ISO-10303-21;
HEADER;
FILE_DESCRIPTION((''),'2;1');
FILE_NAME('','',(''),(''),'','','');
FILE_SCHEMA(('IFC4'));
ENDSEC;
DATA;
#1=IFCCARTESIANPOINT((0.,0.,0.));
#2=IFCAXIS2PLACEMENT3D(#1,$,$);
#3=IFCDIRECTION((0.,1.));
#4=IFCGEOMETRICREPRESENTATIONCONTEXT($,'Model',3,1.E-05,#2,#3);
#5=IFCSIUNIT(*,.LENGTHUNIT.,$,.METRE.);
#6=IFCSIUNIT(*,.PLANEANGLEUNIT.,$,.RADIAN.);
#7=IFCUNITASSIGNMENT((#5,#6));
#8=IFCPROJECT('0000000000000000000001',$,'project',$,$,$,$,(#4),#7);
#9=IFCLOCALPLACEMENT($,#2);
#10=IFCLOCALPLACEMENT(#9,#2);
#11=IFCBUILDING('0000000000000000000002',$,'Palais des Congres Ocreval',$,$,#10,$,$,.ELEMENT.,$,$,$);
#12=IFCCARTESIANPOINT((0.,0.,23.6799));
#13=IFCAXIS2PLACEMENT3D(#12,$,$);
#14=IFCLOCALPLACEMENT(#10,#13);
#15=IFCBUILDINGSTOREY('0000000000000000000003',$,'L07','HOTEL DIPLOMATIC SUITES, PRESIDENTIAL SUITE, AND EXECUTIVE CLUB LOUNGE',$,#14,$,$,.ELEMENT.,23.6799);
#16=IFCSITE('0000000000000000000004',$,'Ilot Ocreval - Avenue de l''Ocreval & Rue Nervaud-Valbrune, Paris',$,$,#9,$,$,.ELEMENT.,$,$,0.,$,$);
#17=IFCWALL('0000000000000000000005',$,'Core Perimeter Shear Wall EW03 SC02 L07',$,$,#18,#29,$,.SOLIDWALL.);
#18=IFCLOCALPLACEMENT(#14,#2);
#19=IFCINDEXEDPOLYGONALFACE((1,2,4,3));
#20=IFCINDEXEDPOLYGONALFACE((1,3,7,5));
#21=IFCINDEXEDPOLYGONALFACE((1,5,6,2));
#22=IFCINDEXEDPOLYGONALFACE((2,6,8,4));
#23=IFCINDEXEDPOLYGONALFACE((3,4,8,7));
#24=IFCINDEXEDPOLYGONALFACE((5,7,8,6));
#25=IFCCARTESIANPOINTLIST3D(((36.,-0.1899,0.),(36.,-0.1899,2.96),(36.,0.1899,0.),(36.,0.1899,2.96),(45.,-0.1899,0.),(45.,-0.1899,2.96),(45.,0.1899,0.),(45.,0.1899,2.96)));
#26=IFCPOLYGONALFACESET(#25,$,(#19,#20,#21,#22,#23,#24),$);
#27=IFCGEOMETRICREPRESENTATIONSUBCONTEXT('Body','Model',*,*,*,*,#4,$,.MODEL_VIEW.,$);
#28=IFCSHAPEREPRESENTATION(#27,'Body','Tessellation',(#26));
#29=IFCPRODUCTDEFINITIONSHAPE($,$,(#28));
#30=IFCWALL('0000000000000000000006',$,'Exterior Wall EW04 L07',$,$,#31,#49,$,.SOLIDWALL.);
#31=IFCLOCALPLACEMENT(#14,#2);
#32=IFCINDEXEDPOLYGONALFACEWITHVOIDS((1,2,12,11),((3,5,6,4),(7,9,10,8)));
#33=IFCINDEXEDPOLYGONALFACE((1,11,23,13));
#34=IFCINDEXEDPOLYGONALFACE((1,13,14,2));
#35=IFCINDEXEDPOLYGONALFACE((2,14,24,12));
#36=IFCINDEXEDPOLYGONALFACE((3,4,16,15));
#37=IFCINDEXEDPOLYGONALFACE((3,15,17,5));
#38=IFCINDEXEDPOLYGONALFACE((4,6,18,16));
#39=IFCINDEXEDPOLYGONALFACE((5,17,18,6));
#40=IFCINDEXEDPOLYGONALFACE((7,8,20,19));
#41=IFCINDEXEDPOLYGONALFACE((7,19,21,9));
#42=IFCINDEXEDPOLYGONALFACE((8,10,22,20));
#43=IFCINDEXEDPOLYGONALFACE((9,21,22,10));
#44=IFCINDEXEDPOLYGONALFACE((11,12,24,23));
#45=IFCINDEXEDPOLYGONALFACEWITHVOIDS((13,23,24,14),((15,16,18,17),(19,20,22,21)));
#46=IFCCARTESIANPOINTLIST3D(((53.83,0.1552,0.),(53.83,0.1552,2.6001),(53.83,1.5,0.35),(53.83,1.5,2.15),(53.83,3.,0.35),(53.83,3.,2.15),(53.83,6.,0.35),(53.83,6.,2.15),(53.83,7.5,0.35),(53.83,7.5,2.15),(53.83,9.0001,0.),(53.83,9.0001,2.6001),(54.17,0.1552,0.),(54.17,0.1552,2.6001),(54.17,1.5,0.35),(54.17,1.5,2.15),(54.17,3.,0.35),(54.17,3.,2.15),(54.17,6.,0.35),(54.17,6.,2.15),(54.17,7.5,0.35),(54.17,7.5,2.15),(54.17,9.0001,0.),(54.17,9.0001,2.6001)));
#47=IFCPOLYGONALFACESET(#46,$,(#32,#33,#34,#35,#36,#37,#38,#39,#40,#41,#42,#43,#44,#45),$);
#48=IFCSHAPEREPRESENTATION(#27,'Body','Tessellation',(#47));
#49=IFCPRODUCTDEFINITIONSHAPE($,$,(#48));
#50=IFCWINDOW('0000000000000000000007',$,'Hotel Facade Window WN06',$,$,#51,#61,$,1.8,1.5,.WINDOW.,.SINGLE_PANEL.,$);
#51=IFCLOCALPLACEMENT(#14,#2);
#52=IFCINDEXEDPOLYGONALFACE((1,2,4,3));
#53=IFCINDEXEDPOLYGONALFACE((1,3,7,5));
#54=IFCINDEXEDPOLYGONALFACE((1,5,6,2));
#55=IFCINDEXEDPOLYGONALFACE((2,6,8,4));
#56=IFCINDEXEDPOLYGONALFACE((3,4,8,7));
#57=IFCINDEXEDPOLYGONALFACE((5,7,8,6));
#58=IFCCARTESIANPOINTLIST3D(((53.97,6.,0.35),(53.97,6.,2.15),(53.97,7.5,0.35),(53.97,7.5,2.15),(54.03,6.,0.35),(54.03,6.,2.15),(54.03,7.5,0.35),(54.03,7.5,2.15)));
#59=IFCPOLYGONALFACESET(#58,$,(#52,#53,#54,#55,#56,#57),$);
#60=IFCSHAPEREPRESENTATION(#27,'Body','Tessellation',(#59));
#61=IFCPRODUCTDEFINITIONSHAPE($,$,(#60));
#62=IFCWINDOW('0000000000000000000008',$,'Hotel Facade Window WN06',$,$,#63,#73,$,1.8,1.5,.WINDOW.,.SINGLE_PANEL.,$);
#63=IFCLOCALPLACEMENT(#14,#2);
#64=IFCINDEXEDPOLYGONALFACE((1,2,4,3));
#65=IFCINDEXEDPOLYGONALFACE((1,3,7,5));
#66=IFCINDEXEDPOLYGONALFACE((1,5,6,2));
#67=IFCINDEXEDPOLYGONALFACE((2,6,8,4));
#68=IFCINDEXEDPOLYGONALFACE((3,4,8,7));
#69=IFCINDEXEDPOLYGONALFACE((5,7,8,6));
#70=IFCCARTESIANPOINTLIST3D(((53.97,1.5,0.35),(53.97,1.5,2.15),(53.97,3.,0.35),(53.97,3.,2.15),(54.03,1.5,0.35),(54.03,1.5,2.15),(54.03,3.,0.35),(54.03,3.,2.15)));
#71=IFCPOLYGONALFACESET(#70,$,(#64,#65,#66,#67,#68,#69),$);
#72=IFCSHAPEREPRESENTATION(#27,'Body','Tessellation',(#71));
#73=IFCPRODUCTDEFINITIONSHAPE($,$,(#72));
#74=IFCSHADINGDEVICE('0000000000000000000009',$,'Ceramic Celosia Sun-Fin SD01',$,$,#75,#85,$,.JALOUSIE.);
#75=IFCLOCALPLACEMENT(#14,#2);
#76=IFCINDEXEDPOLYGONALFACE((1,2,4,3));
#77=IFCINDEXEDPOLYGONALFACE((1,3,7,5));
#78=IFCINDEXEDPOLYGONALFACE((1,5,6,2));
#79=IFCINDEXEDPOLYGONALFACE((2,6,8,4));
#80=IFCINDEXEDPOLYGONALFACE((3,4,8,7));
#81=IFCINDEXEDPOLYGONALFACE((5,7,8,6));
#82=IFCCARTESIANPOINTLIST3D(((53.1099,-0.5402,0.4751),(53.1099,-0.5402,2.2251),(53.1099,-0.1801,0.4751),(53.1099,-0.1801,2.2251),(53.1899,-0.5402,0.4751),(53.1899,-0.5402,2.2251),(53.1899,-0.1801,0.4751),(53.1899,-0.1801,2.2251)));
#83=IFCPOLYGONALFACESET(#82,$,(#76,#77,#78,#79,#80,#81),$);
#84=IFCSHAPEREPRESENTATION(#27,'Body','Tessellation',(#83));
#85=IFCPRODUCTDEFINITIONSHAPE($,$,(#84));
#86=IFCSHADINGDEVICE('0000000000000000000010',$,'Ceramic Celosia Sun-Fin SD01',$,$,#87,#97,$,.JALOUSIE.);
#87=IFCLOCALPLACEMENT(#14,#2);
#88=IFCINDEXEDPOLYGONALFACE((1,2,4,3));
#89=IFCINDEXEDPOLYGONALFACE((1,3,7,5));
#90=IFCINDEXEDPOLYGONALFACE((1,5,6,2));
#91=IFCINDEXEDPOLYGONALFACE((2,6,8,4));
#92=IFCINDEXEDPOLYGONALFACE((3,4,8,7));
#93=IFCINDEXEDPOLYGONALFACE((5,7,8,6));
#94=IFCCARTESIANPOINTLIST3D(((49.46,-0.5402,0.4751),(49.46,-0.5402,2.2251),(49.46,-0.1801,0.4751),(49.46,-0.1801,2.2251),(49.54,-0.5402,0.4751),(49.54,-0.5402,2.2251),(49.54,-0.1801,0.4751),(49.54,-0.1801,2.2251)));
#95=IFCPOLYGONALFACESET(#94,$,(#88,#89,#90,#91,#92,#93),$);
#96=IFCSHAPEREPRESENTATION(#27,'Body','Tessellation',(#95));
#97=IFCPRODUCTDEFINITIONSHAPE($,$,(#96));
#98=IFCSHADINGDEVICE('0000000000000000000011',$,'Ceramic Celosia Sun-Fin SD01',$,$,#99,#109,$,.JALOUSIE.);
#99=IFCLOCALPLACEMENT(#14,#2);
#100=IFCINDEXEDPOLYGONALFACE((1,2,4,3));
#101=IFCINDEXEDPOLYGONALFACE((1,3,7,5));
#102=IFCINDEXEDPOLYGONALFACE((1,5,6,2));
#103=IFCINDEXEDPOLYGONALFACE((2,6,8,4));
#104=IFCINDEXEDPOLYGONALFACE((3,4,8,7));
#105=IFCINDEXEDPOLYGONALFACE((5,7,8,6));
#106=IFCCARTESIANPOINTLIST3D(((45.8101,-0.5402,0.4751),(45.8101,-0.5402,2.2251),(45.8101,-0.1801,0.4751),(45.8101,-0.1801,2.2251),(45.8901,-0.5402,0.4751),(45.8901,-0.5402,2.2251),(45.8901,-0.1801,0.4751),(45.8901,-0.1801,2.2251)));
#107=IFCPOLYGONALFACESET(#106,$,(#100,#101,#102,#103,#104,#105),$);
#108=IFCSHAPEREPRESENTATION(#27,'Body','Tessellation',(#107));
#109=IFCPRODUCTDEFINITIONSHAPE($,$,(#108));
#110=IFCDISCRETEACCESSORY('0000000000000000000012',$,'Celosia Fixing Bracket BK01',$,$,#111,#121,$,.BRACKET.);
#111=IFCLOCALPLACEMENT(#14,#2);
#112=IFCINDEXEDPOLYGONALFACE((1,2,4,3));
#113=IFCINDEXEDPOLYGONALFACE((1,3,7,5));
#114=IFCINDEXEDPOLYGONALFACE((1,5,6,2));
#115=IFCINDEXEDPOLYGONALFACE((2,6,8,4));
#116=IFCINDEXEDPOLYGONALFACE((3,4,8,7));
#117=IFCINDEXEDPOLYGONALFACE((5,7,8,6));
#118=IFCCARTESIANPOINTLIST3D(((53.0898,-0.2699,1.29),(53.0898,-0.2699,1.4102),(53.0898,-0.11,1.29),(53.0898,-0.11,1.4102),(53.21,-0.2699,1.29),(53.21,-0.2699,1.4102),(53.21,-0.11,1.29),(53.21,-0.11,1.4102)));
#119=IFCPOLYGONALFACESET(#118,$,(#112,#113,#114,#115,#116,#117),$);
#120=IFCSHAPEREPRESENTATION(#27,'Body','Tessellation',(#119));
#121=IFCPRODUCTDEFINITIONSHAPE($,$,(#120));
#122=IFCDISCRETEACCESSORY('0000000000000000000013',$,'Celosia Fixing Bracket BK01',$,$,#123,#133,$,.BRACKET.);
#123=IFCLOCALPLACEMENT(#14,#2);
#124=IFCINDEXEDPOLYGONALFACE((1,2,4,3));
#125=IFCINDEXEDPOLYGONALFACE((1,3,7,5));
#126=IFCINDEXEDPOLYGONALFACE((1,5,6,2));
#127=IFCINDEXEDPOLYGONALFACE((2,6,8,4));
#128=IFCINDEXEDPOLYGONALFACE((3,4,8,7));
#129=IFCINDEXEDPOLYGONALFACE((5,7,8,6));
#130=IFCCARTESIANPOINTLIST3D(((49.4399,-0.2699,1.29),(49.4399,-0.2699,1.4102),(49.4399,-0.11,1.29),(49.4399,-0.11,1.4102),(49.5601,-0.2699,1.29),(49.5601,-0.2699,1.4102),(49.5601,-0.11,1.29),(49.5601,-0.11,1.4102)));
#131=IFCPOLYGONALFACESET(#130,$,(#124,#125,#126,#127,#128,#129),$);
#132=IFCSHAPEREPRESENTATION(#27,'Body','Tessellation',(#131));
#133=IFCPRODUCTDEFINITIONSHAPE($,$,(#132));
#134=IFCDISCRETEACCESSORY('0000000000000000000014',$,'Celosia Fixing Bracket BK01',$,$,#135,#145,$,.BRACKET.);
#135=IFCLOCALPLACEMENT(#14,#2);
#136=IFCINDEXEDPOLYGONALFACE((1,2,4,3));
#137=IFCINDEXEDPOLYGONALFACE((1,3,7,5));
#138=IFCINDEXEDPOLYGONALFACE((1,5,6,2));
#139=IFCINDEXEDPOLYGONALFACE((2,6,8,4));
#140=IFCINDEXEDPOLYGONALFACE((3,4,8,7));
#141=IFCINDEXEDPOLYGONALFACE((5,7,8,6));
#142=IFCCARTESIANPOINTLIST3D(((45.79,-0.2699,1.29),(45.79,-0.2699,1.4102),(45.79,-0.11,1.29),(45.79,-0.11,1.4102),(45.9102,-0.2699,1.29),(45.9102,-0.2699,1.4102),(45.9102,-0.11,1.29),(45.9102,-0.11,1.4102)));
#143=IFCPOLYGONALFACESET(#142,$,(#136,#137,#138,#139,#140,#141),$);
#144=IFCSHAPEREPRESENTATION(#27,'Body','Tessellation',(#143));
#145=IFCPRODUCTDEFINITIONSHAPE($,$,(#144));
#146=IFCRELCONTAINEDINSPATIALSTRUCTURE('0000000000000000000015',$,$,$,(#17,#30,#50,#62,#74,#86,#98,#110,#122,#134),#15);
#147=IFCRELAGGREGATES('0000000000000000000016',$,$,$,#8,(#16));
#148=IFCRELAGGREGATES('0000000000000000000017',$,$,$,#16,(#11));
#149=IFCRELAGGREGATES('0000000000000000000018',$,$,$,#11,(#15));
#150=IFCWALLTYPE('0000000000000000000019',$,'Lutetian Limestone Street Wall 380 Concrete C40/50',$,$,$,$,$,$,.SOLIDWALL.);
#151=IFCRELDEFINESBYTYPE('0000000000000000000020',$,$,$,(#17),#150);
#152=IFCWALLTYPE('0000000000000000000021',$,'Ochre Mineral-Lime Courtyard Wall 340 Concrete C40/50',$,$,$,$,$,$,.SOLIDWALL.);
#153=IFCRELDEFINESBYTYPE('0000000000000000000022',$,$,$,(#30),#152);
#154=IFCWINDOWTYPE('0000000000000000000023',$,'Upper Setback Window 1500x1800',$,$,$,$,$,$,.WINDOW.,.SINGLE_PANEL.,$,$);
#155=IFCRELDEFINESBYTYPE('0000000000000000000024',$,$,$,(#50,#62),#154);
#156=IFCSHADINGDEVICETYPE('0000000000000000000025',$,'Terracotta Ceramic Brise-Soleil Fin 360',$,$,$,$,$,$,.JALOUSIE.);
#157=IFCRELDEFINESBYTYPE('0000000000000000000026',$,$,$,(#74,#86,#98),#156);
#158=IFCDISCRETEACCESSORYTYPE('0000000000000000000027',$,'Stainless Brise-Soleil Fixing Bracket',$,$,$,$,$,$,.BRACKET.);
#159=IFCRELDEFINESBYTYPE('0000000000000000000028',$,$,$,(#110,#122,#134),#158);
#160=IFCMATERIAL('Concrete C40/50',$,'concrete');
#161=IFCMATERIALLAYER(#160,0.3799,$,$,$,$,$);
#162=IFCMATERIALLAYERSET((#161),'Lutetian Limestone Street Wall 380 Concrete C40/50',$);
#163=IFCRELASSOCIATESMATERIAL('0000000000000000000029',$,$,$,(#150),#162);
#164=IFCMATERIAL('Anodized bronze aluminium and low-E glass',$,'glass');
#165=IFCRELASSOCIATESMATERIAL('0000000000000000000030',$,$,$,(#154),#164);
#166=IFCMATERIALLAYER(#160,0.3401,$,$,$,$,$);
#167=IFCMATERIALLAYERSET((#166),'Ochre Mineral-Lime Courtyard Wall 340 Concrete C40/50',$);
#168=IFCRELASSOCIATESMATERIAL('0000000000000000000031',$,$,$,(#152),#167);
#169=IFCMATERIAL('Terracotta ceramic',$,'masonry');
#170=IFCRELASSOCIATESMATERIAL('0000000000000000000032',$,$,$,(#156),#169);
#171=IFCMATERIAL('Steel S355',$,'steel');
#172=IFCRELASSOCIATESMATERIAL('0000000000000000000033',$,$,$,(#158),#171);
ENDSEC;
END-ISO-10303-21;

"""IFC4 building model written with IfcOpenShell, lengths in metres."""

from ifc_helpers import new_model, si_unit, direction, frame, frame_2d, origin, origin_2d, place, context, subcontext, project, spatial, rectangle, extrude, material, layer, layer_set, type_object, element, fill, save


model = new_model("IFC4")

# Units and contexts
model_context = context("Model", 3, precision=1e-05, world=origin(), true_north=direction((0.0, 1.0)))
body_context = subcontext(model_context, "Body", "Model", "MODEL_VIEW")
ifc_project = project(units=[si_unit("LENGTHUNIT", "METRE"), si_unit("PLANEANGLEUNIT", "RADIAN")], contexts=[model_context])

# Site, building, storey
site_placement = place(None, origin())
site = spatial("IfcSite", under=ifc_project, at=site_placement, Name="Ilot Ocreval - Avenue de l'Ocreval & Rue Nervaud-Valbrune, Paris", CompositionType="ELEMENT", RefElevation=0.0)
building_placement = place(site_placement, origin())
building = spatial("IfcBuilding", under=site, at=building_placement, Name="Palais des Congres Ocreval", CompositionType="ELEMENT")
storey_placement = place(building_placement, frame((0.0, 0.0, 23.6799)))
storey = spatial("IfcBuildingStorey", under=building, at=storey_placement, Name="L07", Description="HOTEL DIPLOMATIC SUITES, PRESIDENTIAL SUITE, AND EXECUTIVE CLUB LOUNGE", CompositionType="ELEMENT", Elevation=23.6799)

# Shared definitions
ifc_material_1 = material(Name="Steel S355", Category="steel")

# Shared definitions
ifc_material_2 = material(Name="Concrete C40/50", Category="concrete")

# Shared definitions
ifc_layer_1 = layer(ifc_material_2, 0.3799)
ifc_layer_set_1 = layer_set([ifc_layer_1], Name="Lutetian Limestone Street Wall 380 Concrete C40/50")
wall_type_1 = type_object("IfcWallType", Name="Lutetian Limestone Street Wall 380 Concrete C40/50", PredefinedType="SOLIDWALL", material=ifc_layer_set_1)
ifc_material_3 = material(Name="Anodized bronze aluminium and low-E glass", Category="glass")
window_type = type_object("IfcWindowType", Name="Upper Setback Window 1500x1800", PartitioningType="SINGLE_PANEL", PredefinedType="WINDOW", material=ifc_material_3)

# Wall
wall_1_placement = place(storey_placement, frame((45.0, 0.0, 0.0), z_axis=(0.0, 0.0, 1.0), x_axis=(-1.0, 0.0, 0.0)))
element("IfcWall", 1, at=wall_1_placement, inside=storey, type_object=wall_type_1, Name="Core Perimeter Shear Wall EW03 SC02 L07", PredefinedType="SOLIDWALL", context=body_context, shape_type="SweptSolid", body=[
    extrude(rectangle(XDim=9.0, YDim=0.3799, at=frame_2d((4.5, 0.0))), origin(), (0.0, 0.0, 1.0), 2.96),
])

# Wall, openings, windows
ifc_layer_2 = layer(ifc_material_2, 0.3401)
ifc_layer_set_2 = layer_set([ifc_layer_2], Name="Ochre Mineral-Lime Courtyard Wall 340 Concrete C40/50")
wall_type_2 = type_object("IfcWallType", Name="Ochre Mineral-Lime Courtyard Wall 340 Concrete C40/50", PredefinedType="SOLIDWALL", material=ifc_layer_set_2)
wall_2_placement = place(storey_placement, frame((54.0, 9.0, 0.0), z_axis=(0.0, 0.0, 1.0), x_axis=(0.0, -1.0, 0.0)))
wall_2 = element("IfcWall", 2, at=wall_2_placement, inside=storey, type_object=wall_type_2, Name="Exterior Wall EW04 L07", PredefinedType="SOLIDWALL", context=body_context, shape_type="SweptSolid", body=[
    extrude(rectangle(XDim=8.845, YDim=0.3401, at=frame_2d((4.4224, 0.0))), origin(), (0.0, 0.0, 1.0), 2.6001),
])
opening_1_placement = place(wall_2_placement, frame((1.5, 0.0, 0.3501)))
opening_1 = element("IfcOpeningElement", 3, at=opening_1_placement, cuts=wall_2, PredefinedType="OPENING", context=body_context, shape_type="SweptSolid", body=[
    extrude(rectangle(XDim=1.5, YDim=1.8, at=frame_2d((0.75, 0.8999))), frame((0.0, 0.1799, 0.0), z_axis=(0.0, -1.0, 0.0), x_axis=(1.0, 0.0, 0.0)), (0.0, 0.0, 1.0), 0.3601),
])
opening_2_placement = place(wall_2_placement, frame((6.0, 0.0, 0.3501)))
opening_2 = element("IfcOpeningElement", 4, at=opening_2_placement, cuts=wall_2, PredefinedType="OPENING", context=body_context, shape_type="SweptSolid", body=[
    extrude(rectangle(XDim=1.5, YDim=1.8, at=frame_2d((0.75, 0.8999))), frame((0.0, 0.1799, 0.0), z_axis=(0.0, -1.0, 0.0), x_axis=(1.0, 0.0, 0.0)), (0.0, 0.0, 1.0), 0.3601),
])
window_1_placement = place(opening_1_placement, origin())
window_1 = element("IfcWindow", 5, at=window_1_placement, inside=storey, type_object=window_type, Name="Hotel Facade Window WN06", OverallHeight=1.8, OverallWidth=1.5, PartitioningType="SINGLE_PANEL", PredefinedType="WINDOW", context=body_context, shape_type="SweptSolid", body=[
    extrude(rectangle(XDim=1.5, YDim=1.8, at=frame_2d((0.75, 0.8999))), frame((0.0, 0.03, 0.0), z_axis=(0.0, -1.0, 0.0), x_axis=(1.0, 0.0, 0.0)), (0.0, 0.0, 1.0), 0.0601),
])
fill(opening_1, window_1)
window_2_placement = place(opening_2_placement, origin())
window_2 = element("IfcWindow", 6, at=window_2_placement, inside=storey, type_object=window_type, Name="Hotel Facade Window WN06", OverallHeight=1.8, OverallWidth=1.5, PartitioningType="SINGLE_PANEL", PredefinedType="WINDOW", context=body_context, shape_type="SweptSolid", body=[
    extrude(rectangle(XDim=1.5, YDim=1.8, at=frame_2d((0.75, 0.8999))), frame((0.0, 0.03, 0.0), z_axis=(0.0, -1.0, 0.0), x_axis=(1.0, 0.0, 0.0)), (0.0, 0.0, 1.0), 0.0601),
])
fill(opening_2, window_2)

# Shading devices
ifc_material_4 = material(Name="Terracotta ceramic", Category="masonry")
shading_device_type = type_object("IfcShadingDeviceType", Name="Terracotta Ceramic Brise-Soleil Fin 360", PredefinedType="JALOUSIE", material=ifc_material_4)
for number, where, z_axis, x_axis, name in (
    (7, (53.1499, -0.3601, 0.4751), (0.0, 0.0, 1.0), (0.0, -1.0, 0.0), "Ceramic Celosia Sun-Fin SD01"),
    (8, (49.5, -0.3601, 0.4751), (0.0, 0.0, 1.0), (0.0, -1.0, 0.0), "Ceramic Celosia Sun-Fin SD01"),
    (9, (45.8501, -0.3601, 0.4751), (0.0, 0.0, 1.0), (0.0, -1.0, 0.0), "Ceramic Celosia Sun-Fin SD01"),
):
    element("IfcShadingDevice", number, at=place(storey_placement, frame(where, z_axis=z_axis, x_axis=x_axis)), inside=storey, type_object=shading_device_type, Name=name, PredefinedType="JALOUSIE", context=body_context, shape_type="SweptSolid", body=[
        extrude(rectangle(XDim=0.3601, YDim=0.0801, at=origin_2d()), origin(), (0.0, 0.0, 1.0), 1.75),
    ])

# Discrete accessories
discrete_accessory_type = type_object("IfcDiscreteAccessoryType", Name="Stainless Brise-Soleil Fixing Bracket", PredefinedType="BRACKET", material=ifc_material_1)
for number, where, z_axis, x_axis, name in (
    (10, (53.1499, -0.1899, 1.29), (0.0, 0.0, 1.0), (0.0, -1.0, 0.0), "Celosia Fixing Bracket BK01"),
    (11, (49.5, -0.1899, 1.29), (0.0, 0.0, 1.0), (0.0, -1.0, 0.0), "Celosia Fixing Bracket BK01"),
    (12, (45.8501, -0.1899, 1.29), (0.0, 0.0, 1.0), (0.0, -1.0, 0.0), "Celosia Fixing Bracket BK01"),
):
    element("IfcDiscreteAccessory", number, at=place(storey_placement, frame(where, z_axis=z_axis, x_axis=x_axis)), inside=storey, type_object=discrete_accessory_type, Name=name, PredefinedType="BRACKET", context=body_context, shape_type="SweptSolid", body=[
        extrude(rectangle(XDim=0.1599, YDim=0.1201, at=origin_2d()), origin(), (0.0, 0.0, 1.0), 0.1201),
    ])

save(model, "model.ifc")
